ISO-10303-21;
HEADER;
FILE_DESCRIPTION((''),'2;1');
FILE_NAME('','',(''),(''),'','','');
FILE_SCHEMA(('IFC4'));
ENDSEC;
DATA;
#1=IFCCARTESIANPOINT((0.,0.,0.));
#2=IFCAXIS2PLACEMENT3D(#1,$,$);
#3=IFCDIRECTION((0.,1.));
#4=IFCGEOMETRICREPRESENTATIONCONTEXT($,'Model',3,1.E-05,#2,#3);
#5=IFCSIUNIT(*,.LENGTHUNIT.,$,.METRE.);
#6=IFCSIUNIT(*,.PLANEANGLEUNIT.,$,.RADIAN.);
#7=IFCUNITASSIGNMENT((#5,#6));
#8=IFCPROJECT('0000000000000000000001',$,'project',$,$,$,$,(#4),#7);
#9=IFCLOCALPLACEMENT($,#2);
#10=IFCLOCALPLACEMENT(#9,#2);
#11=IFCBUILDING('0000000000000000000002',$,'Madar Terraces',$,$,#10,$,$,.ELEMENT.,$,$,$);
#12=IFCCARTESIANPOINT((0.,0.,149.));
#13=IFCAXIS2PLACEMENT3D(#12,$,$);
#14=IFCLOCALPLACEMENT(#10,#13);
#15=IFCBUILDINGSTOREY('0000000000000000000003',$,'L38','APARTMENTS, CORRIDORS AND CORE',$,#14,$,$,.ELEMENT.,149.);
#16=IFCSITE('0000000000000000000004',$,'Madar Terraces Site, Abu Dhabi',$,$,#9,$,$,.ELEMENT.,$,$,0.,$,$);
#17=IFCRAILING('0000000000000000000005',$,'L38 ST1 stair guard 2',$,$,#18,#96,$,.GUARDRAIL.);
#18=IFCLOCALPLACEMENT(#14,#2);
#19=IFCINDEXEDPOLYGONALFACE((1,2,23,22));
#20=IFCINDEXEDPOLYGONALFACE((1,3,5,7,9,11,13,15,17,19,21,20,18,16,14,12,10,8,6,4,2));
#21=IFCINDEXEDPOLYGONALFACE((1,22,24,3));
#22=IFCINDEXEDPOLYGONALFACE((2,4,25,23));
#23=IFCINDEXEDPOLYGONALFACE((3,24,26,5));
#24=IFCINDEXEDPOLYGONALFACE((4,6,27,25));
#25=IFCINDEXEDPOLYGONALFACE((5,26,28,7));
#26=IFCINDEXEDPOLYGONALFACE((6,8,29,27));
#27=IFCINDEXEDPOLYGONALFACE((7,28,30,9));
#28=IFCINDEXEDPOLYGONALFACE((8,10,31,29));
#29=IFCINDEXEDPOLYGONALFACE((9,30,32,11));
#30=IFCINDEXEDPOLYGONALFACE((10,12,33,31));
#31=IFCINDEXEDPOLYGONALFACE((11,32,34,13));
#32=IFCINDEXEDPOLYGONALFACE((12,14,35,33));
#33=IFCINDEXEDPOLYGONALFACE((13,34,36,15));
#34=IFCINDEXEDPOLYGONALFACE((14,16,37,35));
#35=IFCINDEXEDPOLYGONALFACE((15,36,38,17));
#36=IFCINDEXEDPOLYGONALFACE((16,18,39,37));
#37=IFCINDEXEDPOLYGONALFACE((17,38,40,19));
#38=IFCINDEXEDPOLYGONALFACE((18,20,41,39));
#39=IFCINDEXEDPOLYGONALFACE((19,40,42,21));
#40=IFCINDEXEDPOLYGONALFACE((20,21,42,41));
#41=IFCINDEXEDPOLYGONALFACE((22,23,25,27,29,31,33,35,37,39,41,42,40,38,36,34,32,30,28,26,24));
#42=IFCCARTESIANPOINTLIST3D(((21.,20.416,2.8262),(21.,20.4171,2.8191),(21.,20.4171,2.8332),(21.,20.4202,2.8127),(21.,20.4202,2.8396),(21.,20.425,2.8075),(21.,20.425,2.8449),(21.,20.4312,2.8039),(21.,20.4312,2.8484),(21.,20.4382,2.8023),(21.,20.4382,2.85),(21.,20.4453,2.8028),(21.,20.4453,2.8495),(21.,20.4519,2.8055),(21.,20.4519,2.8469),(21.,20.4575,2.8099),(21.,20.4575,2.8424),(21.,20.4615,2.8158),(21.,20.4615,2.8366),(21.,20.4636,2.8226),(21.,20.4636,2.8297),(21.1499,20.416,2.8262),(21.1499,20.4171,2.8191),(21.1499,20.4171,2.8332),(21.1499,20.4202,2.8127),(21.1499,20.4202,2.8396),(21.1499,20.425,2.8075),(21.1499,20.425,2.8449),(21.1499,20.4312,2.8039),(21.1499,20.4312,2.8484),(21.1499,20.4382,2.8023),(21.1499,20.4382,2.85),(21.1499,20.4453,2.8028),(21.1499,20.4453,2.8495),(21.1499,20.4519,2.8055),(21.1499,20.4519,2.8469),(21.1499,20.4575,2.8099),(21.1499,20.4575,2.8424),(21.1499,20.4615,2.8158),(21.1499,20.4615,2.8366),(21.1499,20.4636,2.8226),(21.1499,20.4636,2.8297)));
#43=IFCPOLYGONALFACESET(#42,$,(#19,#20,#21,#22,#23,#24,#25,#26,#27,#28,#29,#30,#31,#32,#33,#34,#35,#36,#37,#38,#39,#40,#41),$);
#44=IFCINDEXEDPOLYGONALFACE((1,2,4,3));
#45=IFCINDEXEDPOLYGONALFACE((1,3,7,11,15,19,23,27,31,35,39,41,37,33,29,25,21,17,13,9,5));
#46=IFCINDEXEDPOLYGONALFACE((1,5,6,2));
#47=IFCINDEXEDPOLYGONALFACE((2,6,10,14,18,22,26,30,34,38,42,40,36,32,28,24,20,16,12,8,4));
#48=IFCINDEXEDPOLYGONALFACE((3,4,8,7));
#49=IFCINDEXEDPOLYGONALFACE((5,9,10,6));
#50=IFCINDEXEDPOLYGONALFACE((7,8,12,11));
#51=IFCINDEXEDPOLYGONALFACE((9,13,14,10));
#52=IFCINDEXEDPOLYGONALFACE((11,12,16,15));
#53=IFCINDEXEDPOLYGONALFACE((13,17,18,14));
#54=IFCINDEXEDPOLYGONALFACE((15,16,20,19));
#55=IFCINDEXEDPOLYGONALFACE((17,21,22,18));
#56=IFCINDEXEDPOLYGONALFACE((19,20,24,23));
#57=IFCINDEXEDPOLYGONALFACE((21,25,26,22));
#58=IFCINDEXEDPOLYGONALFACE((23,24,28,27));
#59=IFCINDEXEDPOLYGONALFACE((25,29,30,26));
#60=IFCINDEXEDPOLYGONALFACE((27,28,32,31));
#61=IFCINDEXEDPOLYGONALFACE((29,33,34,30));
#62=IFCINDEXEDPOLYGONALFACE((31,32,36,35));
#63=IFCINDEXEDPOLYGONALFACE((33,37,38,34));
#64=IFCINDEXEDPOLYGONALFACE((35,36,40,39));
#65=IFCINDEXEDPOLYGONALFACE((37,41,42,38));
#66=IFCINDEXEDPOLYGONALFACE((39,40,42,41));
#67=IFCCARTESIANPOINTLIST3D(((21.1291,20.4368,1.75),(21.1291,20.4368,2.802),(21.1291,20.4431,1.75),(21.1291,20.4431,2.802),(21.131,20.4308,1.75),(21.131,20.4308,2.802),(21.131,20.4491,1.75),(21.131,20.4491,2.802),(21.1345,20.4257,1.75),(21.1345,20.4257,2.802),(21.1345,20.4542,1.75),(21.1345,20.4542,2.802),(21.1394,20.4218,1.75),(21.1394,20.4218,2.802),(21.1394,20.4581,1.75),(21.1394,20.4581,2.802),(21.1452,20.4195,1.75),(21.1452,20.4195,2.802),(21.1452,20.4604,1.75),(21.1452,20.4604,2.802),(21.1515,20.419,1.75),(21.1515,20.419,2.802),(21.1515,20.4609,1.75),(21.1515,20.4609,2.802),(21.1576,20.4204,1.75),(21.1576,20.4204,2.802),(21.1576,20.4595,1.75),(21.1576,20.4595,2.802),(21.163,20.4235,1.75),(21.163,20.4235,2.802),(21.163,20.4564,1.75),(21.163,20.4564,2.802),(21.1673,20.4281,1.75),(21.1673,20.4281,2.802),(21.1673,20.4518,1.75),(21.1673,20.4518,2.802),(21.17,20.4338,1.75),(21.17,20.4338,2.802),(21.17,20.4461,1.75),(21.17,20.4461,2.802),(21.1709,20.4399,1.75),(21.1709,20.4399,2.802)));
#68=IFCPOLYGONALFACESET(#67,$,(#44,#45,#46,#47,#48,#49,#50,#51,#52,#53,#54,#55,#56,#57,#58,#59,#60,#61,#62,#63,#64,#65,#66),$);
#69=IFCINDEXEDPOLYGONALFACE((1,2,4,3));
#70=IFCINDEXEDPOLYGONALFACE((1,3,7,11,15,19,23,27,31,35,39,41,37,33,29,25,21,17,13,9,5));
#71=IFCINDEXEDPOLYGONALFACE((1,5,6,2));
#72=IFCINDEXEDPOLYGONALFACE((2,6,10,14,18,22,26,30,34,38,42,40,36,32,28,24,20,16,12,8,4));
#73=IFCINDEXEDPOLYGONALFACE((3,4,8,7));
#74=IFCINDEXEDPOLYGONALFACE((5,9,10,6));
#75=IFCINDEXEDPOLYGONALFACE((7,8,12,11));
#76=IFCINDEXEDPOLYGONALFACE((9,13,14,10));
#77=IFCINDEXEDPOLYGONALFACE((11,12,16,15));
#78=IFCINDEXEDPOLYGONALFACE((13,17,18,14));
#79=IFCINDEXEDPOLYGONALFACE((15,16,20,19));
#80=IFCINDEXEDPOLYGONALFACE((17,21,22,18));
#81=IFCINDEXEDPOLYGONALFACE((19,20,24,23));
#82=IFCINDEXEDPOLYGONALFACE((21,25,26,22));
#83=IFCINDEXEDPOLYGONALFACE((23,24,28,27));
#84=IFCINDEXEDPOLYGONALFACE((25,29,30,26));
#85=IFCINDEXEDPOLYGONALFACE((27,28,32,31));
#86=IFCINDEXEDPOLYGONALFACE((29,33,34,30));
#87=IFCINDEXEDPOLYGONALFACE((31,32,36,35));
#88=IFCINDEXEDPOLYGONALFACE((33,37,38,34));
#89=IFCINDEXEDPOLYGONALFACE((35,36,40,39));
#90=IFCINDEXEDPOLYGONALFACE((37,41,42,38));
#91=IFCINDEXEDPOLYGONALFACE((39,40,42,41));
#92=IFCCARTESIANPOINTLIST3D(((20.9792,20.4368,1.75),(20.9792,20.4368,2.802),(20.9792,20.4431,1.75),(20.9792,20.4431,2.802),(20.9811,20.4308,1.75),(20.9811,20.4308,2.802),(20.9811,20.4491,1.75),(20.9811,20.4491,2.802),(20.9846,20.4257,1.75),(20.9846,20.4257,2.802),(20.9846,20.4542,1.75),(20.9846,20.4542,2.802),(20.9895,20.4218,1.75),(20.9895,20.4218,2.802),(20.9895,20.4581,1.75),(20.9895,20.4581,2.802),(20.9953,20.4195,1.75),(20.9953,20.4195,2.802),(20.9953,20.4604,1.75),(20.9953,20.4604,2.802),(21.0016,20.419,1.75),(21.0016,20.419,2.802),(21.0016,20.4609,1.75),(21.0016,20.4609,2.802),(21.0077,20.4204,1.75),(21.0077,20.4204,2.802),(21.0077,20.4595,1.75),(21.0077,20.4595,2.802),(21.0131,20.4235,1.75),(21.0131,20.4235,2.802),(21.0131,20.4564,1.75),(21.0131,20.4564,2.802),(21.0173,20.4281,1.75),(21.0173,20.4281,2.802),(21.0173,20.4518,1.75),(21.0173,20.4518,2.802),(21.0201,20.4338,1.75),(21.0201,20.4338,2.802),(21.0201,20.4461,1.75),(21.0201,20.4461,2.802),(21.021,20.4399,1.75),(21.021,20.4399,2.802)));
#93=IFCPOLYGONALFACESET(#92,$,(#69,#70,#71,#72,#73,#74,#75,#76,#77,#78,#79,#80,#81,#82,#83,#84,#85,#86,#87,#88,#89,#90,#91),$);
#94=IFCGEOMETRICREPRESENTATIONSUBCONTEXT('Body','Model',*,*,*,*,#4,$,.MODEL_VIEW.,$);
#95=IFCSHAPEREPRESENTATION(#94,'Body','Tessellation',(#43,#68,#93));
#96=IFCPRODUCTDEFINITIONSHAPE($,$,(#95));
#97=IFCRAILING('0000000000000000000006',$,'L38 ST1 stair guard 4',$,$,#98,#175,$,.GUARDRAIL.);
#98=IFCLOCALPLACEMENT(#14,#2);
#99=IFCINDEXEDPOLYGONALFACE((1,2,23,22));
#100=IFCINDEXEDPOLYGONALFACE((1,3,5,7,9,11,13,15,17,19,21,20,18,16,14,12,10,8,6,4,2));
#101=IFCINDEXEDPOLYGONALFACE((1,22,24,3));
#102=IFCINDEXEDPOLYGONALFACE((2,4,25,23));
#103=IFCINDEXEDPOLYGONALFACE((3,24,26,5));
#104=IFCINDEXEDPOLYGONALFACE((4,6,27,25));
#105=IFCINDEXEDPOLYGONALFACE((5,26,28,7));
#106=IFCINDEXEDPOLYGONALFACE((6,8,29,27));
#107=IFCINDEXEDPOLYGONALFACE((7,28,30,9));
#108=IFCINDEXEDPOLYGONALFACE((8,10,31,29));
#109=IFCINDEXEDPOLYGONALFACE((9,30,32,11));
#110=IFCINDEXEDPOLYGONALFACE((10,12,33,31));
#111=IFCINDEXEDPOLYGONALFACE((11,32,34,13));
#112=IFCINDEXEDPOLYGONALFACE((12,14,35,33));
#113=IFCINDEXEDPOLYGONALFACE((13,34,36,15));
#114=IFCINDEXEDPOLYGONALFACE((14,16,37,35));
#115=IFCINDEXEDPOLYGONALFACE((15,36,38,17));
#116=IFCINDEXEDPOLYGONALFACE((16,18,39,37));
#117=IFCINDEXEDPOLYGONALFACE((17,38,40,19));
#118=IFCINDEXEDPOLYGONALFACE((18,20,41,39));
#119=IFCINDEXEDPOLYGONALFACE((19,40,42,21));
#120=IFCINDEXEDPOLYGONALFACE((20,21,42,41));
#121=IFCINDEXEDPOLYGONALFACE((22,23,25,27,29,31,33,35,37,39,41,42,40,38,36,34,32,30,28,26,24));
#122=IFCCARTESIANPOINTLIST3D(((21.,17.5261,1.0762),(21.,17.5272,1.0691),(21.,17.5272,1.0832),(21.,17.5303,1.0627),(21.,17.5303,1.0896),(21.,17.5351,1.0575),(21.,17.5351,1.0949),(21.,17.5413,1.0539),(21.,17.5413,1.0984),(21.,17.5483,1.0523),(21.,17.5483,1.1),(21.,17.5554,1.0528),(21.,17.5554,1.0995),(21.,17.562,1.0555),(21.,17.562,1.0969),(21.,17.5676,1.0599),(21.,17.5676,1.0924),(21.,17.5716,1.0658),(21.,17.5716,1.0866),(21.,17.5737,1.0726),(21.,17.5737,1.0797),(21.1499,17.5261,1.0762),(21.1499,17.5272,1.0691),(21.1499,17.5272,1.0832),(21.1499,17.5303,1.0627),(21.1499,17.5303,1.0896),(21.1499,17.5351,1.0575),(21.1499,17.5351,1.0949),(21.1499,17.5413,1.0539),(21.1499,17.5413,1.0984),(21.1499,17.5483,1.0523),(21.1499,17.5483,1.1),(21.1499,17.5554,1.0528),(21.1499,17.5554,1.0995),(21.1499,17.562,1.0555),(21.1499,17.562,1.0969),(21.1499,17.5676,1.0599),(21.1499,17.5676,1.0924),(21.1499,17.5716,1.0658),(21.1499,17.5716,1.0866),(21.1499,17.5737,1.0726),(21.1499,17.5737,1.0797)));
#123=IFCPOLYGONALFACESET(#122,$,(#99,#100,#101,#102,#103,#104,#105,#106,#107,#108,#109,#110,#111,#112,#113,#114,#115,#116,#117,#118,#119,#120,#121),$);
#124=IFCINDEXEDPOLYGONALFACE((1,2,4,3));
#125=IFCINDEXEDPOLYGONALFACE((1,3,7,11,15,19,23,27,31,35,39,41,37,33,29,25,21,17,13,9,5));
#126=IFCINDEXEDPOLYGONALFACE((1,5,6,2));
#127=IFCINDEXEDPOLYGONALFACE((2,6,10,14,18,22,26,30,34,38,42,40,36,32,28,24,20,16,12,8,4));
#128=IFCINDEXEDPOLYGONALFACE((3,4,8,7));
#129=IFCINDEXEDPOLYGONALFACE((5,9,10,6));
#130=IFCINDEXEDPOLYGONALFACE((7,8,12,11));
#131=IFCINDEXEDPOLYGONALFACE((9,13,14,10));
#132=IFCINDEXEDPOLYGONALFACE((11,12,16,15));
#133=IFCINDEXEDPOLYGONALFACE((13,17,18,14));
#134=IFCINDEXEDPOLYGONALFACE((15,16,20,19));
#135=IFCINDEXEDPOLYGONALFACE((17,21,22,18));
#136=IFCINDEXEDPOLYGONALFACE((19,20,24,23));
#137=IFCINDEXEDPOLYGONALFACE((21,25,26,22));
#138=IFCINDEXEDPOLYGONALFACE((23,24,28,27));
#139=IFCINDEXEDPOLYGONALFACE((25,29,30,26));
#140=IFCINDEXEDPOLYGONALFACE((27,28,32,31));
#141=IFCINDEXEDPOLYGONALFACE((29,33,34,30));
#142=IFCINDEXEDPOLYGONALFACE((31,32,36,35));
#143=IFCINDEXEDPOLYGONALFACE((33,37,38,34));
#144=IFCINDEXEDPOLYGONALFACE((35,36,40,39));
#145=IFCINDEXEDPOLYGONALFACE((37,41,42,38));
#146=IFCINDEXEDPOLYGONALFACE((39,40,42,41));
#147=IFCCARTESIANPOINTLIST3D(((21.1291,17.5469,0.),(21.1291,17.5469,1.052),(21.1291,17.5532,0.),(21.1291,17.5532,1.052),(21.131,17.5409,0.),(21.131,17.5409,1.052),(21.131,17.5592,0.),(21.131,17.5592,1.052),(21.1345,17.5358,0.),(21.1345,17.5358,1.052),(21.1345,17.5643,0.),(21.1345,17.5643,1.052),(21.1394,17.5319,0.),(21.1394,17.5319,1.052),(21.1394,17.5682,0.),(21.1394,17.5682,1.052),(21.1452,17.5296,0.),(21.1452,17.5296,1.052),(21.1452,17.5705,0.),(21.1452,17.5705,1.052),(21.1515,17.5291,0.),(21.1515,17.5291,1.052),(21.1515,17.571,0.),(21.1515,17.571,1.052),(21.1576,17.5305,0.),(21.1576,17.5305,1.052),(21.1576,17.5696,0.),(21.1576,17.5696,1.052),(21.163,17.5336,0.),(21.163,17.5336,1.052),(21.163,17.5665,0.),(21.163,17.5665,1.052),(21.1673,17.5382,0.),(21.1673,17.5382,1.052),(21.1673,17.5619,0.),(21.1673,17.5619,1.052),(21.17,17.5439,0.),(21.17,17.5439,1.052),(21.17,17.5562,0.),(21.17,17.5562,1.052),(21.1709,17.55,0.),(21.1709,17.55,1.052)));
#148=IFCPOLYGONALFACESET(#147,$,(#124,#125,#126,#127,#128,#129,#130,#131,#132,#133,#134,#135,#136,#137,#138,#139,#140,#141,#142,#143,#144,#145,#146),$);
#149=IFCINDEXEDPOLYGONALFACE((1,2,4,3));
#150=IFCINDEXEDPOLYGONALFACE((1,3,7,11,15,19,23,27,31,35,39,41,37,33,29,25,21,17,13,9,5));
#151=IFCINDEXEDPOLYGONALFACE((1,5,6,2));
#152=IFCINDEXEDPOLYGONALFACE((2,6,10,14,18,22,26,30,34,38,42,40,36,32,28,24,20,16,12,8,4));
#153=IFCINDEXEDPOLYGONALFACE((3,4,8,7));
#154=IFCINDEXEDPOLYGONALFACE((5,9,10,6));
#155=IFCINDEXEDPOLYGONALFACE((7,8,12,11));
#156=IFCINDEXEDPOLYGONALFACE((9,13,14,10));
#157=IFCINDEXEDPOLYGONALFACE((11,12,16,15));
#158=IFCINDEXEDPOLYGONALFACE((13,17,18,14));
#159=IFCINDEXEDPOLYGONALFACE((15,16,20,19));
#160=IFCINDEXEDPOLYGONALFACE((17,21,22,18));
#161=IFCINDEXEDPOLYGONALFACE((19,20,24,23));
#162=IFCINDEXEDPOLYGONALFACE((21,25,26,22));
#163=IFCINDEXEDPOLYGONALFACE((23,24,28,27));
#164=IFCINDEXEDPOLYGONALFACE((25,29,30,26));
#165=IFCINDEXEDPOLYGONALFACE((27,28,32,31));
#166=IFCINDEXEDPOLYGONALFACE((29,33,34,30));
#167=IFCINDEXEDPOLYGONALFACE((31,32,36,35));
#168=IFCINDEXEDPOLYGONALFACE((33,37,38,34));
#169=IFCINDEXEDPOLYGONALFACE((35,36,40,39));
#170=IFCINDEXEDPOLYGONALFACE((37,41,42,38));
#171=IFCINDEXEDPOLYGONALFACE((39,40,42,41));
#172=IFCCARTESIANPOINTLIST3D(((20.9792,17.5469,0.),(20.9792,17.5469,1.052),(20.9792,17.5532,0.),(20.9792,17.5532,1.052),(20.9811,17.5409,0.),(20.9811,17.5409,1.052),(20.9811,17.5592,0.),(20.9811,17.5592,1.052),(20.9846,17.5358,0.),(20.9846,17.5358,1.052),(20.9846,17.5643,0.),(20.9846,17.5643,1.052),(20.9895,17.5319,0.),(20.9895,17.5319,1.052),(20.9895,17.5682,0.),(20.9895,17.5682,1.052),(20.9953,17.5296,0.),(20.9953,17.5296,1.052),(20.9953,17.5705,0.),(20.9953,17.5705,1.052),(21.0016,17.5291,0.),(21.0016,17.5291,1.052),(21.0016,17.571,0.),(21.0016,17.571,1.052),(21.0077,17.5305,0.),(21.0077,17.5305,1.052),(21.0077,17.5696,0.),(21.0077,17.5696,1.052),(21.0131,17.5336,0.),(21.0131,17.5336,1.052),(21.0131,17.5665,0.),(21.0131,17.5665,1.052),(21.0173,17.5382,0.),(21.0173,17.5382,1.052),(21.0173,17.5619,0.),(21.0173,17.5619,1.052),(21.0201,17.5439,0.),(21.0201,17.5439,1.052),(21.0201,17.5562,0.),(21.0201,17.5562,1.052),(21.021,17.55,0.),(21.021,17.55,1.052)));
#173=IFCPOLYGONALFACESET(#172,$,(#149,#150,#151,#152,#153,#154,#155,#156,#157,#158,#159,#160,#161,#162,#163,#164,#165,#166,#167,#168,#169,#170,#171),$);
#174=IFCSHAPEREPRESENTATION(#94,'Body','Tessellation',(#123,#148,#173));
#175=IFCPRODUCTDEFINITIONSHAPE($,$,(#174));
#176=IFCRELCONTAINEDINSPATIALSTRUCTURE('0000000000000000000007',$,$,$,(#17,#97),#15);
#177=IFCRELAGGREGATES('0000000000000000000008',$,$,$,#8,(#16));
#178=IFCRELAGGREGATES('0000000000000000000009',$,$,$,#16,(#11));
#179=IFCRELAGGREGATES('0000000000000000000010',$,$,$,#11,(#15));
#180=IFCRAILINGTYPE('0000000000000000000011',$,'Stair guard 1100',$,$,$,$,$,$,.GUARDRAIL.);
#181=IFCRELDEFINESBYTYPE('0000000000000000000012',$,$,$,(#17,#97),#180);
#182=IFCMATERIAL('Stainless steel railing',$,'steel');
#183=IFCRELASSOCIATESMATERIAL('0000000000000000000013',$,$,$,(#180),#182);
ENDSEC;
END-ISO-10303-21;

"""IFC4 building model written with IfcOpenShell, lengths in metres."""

from ifc_helpers import new_model, si_unit, direction, frame, origin, origin_2d, place, context, subcontext, project, spatial, circle, extrude, material, type_object, element, save


model = new_model("IFC4")

# Units and contexts
model_context = context("Model", 3, precision=1e-05, world=origin(), true_north=direction((0.0, 1.0)))
body_context = subcontext(model_context, "Body", "Model", "MODEL_VIEW")
ifc_project = project(units=[si_unit("LENGTHUNIT", "METRE"), si_unit("PLANEANGLEUNIT", "RADIAN")], contexts=[model_context])

# Site, building, storey
site_placement = place(None, origin())
site = spatial("IfcSite", under=ifc_project, at=site_placement, Name="Madar Terraces Site, Abu Dhabi", CompositionType="ELEMENT", RefElevation=0.0)
building_placement = place(site_placement, origin())
building = spatial("IfcBuilding", under=site, at=building_placement, Name="Madar Terraces", CompositionType="ELEMENT")
storey_placement = place(building_placement, frame((0.0, 0.0, 149.0)))
storey = spatial("IfcBuildingStorey", under=building, at=storey_placement, Name="L38", Description="APARTMENTS, CORRIDORS AND CORE", CompositionType="ELEMENT", Elevation=149.0)

# Railings
ifc_material_1 = material(Name="Stainless steel railing", Category="steel")
railing_type_1 = type_object("IfcRailingType", Name="Stair guard 1100", PredefinedType="GUARDRAIL", material=ifc_material_1)
for number, where, name in (
    (1, (21.1499, 20.4399, 1.75), "L38 ST1 stair guard 2"),
    (2, (21.1499, 17.55, 0.0), "L38 ST1 stair guard 4"),
):
    element("IfcRailing", number, at=place(storey_placement, frame(where)), inside=storey, type_object=railing_type_1, Name=name, PredefinedType="GUARDRAIL", context=body_context, shape_type="SweptSolid", body=[
        extrude(circle(Radius=0.0239, at=origin_2d()), frame((0.0, 0.0, 1.0762), z_axis=(-1.0, 0.0, 0.0), x_axis=(0.0, -1.0, 0.0)), (0.0, 0.0, 1.0), 0.1499),
        extrude(circle(Radius=0.021, at=origin_2d()), origin(), (0.0, 0.0, 1.0), 1.052),
        extrude(circle(Radius=0.021, at=origin_2d()), frame((-0.1499, 0.0, 0.0)), (0.0, 0.0, 1.0), 1.052),
    ])

save(model, "model.ifc")
